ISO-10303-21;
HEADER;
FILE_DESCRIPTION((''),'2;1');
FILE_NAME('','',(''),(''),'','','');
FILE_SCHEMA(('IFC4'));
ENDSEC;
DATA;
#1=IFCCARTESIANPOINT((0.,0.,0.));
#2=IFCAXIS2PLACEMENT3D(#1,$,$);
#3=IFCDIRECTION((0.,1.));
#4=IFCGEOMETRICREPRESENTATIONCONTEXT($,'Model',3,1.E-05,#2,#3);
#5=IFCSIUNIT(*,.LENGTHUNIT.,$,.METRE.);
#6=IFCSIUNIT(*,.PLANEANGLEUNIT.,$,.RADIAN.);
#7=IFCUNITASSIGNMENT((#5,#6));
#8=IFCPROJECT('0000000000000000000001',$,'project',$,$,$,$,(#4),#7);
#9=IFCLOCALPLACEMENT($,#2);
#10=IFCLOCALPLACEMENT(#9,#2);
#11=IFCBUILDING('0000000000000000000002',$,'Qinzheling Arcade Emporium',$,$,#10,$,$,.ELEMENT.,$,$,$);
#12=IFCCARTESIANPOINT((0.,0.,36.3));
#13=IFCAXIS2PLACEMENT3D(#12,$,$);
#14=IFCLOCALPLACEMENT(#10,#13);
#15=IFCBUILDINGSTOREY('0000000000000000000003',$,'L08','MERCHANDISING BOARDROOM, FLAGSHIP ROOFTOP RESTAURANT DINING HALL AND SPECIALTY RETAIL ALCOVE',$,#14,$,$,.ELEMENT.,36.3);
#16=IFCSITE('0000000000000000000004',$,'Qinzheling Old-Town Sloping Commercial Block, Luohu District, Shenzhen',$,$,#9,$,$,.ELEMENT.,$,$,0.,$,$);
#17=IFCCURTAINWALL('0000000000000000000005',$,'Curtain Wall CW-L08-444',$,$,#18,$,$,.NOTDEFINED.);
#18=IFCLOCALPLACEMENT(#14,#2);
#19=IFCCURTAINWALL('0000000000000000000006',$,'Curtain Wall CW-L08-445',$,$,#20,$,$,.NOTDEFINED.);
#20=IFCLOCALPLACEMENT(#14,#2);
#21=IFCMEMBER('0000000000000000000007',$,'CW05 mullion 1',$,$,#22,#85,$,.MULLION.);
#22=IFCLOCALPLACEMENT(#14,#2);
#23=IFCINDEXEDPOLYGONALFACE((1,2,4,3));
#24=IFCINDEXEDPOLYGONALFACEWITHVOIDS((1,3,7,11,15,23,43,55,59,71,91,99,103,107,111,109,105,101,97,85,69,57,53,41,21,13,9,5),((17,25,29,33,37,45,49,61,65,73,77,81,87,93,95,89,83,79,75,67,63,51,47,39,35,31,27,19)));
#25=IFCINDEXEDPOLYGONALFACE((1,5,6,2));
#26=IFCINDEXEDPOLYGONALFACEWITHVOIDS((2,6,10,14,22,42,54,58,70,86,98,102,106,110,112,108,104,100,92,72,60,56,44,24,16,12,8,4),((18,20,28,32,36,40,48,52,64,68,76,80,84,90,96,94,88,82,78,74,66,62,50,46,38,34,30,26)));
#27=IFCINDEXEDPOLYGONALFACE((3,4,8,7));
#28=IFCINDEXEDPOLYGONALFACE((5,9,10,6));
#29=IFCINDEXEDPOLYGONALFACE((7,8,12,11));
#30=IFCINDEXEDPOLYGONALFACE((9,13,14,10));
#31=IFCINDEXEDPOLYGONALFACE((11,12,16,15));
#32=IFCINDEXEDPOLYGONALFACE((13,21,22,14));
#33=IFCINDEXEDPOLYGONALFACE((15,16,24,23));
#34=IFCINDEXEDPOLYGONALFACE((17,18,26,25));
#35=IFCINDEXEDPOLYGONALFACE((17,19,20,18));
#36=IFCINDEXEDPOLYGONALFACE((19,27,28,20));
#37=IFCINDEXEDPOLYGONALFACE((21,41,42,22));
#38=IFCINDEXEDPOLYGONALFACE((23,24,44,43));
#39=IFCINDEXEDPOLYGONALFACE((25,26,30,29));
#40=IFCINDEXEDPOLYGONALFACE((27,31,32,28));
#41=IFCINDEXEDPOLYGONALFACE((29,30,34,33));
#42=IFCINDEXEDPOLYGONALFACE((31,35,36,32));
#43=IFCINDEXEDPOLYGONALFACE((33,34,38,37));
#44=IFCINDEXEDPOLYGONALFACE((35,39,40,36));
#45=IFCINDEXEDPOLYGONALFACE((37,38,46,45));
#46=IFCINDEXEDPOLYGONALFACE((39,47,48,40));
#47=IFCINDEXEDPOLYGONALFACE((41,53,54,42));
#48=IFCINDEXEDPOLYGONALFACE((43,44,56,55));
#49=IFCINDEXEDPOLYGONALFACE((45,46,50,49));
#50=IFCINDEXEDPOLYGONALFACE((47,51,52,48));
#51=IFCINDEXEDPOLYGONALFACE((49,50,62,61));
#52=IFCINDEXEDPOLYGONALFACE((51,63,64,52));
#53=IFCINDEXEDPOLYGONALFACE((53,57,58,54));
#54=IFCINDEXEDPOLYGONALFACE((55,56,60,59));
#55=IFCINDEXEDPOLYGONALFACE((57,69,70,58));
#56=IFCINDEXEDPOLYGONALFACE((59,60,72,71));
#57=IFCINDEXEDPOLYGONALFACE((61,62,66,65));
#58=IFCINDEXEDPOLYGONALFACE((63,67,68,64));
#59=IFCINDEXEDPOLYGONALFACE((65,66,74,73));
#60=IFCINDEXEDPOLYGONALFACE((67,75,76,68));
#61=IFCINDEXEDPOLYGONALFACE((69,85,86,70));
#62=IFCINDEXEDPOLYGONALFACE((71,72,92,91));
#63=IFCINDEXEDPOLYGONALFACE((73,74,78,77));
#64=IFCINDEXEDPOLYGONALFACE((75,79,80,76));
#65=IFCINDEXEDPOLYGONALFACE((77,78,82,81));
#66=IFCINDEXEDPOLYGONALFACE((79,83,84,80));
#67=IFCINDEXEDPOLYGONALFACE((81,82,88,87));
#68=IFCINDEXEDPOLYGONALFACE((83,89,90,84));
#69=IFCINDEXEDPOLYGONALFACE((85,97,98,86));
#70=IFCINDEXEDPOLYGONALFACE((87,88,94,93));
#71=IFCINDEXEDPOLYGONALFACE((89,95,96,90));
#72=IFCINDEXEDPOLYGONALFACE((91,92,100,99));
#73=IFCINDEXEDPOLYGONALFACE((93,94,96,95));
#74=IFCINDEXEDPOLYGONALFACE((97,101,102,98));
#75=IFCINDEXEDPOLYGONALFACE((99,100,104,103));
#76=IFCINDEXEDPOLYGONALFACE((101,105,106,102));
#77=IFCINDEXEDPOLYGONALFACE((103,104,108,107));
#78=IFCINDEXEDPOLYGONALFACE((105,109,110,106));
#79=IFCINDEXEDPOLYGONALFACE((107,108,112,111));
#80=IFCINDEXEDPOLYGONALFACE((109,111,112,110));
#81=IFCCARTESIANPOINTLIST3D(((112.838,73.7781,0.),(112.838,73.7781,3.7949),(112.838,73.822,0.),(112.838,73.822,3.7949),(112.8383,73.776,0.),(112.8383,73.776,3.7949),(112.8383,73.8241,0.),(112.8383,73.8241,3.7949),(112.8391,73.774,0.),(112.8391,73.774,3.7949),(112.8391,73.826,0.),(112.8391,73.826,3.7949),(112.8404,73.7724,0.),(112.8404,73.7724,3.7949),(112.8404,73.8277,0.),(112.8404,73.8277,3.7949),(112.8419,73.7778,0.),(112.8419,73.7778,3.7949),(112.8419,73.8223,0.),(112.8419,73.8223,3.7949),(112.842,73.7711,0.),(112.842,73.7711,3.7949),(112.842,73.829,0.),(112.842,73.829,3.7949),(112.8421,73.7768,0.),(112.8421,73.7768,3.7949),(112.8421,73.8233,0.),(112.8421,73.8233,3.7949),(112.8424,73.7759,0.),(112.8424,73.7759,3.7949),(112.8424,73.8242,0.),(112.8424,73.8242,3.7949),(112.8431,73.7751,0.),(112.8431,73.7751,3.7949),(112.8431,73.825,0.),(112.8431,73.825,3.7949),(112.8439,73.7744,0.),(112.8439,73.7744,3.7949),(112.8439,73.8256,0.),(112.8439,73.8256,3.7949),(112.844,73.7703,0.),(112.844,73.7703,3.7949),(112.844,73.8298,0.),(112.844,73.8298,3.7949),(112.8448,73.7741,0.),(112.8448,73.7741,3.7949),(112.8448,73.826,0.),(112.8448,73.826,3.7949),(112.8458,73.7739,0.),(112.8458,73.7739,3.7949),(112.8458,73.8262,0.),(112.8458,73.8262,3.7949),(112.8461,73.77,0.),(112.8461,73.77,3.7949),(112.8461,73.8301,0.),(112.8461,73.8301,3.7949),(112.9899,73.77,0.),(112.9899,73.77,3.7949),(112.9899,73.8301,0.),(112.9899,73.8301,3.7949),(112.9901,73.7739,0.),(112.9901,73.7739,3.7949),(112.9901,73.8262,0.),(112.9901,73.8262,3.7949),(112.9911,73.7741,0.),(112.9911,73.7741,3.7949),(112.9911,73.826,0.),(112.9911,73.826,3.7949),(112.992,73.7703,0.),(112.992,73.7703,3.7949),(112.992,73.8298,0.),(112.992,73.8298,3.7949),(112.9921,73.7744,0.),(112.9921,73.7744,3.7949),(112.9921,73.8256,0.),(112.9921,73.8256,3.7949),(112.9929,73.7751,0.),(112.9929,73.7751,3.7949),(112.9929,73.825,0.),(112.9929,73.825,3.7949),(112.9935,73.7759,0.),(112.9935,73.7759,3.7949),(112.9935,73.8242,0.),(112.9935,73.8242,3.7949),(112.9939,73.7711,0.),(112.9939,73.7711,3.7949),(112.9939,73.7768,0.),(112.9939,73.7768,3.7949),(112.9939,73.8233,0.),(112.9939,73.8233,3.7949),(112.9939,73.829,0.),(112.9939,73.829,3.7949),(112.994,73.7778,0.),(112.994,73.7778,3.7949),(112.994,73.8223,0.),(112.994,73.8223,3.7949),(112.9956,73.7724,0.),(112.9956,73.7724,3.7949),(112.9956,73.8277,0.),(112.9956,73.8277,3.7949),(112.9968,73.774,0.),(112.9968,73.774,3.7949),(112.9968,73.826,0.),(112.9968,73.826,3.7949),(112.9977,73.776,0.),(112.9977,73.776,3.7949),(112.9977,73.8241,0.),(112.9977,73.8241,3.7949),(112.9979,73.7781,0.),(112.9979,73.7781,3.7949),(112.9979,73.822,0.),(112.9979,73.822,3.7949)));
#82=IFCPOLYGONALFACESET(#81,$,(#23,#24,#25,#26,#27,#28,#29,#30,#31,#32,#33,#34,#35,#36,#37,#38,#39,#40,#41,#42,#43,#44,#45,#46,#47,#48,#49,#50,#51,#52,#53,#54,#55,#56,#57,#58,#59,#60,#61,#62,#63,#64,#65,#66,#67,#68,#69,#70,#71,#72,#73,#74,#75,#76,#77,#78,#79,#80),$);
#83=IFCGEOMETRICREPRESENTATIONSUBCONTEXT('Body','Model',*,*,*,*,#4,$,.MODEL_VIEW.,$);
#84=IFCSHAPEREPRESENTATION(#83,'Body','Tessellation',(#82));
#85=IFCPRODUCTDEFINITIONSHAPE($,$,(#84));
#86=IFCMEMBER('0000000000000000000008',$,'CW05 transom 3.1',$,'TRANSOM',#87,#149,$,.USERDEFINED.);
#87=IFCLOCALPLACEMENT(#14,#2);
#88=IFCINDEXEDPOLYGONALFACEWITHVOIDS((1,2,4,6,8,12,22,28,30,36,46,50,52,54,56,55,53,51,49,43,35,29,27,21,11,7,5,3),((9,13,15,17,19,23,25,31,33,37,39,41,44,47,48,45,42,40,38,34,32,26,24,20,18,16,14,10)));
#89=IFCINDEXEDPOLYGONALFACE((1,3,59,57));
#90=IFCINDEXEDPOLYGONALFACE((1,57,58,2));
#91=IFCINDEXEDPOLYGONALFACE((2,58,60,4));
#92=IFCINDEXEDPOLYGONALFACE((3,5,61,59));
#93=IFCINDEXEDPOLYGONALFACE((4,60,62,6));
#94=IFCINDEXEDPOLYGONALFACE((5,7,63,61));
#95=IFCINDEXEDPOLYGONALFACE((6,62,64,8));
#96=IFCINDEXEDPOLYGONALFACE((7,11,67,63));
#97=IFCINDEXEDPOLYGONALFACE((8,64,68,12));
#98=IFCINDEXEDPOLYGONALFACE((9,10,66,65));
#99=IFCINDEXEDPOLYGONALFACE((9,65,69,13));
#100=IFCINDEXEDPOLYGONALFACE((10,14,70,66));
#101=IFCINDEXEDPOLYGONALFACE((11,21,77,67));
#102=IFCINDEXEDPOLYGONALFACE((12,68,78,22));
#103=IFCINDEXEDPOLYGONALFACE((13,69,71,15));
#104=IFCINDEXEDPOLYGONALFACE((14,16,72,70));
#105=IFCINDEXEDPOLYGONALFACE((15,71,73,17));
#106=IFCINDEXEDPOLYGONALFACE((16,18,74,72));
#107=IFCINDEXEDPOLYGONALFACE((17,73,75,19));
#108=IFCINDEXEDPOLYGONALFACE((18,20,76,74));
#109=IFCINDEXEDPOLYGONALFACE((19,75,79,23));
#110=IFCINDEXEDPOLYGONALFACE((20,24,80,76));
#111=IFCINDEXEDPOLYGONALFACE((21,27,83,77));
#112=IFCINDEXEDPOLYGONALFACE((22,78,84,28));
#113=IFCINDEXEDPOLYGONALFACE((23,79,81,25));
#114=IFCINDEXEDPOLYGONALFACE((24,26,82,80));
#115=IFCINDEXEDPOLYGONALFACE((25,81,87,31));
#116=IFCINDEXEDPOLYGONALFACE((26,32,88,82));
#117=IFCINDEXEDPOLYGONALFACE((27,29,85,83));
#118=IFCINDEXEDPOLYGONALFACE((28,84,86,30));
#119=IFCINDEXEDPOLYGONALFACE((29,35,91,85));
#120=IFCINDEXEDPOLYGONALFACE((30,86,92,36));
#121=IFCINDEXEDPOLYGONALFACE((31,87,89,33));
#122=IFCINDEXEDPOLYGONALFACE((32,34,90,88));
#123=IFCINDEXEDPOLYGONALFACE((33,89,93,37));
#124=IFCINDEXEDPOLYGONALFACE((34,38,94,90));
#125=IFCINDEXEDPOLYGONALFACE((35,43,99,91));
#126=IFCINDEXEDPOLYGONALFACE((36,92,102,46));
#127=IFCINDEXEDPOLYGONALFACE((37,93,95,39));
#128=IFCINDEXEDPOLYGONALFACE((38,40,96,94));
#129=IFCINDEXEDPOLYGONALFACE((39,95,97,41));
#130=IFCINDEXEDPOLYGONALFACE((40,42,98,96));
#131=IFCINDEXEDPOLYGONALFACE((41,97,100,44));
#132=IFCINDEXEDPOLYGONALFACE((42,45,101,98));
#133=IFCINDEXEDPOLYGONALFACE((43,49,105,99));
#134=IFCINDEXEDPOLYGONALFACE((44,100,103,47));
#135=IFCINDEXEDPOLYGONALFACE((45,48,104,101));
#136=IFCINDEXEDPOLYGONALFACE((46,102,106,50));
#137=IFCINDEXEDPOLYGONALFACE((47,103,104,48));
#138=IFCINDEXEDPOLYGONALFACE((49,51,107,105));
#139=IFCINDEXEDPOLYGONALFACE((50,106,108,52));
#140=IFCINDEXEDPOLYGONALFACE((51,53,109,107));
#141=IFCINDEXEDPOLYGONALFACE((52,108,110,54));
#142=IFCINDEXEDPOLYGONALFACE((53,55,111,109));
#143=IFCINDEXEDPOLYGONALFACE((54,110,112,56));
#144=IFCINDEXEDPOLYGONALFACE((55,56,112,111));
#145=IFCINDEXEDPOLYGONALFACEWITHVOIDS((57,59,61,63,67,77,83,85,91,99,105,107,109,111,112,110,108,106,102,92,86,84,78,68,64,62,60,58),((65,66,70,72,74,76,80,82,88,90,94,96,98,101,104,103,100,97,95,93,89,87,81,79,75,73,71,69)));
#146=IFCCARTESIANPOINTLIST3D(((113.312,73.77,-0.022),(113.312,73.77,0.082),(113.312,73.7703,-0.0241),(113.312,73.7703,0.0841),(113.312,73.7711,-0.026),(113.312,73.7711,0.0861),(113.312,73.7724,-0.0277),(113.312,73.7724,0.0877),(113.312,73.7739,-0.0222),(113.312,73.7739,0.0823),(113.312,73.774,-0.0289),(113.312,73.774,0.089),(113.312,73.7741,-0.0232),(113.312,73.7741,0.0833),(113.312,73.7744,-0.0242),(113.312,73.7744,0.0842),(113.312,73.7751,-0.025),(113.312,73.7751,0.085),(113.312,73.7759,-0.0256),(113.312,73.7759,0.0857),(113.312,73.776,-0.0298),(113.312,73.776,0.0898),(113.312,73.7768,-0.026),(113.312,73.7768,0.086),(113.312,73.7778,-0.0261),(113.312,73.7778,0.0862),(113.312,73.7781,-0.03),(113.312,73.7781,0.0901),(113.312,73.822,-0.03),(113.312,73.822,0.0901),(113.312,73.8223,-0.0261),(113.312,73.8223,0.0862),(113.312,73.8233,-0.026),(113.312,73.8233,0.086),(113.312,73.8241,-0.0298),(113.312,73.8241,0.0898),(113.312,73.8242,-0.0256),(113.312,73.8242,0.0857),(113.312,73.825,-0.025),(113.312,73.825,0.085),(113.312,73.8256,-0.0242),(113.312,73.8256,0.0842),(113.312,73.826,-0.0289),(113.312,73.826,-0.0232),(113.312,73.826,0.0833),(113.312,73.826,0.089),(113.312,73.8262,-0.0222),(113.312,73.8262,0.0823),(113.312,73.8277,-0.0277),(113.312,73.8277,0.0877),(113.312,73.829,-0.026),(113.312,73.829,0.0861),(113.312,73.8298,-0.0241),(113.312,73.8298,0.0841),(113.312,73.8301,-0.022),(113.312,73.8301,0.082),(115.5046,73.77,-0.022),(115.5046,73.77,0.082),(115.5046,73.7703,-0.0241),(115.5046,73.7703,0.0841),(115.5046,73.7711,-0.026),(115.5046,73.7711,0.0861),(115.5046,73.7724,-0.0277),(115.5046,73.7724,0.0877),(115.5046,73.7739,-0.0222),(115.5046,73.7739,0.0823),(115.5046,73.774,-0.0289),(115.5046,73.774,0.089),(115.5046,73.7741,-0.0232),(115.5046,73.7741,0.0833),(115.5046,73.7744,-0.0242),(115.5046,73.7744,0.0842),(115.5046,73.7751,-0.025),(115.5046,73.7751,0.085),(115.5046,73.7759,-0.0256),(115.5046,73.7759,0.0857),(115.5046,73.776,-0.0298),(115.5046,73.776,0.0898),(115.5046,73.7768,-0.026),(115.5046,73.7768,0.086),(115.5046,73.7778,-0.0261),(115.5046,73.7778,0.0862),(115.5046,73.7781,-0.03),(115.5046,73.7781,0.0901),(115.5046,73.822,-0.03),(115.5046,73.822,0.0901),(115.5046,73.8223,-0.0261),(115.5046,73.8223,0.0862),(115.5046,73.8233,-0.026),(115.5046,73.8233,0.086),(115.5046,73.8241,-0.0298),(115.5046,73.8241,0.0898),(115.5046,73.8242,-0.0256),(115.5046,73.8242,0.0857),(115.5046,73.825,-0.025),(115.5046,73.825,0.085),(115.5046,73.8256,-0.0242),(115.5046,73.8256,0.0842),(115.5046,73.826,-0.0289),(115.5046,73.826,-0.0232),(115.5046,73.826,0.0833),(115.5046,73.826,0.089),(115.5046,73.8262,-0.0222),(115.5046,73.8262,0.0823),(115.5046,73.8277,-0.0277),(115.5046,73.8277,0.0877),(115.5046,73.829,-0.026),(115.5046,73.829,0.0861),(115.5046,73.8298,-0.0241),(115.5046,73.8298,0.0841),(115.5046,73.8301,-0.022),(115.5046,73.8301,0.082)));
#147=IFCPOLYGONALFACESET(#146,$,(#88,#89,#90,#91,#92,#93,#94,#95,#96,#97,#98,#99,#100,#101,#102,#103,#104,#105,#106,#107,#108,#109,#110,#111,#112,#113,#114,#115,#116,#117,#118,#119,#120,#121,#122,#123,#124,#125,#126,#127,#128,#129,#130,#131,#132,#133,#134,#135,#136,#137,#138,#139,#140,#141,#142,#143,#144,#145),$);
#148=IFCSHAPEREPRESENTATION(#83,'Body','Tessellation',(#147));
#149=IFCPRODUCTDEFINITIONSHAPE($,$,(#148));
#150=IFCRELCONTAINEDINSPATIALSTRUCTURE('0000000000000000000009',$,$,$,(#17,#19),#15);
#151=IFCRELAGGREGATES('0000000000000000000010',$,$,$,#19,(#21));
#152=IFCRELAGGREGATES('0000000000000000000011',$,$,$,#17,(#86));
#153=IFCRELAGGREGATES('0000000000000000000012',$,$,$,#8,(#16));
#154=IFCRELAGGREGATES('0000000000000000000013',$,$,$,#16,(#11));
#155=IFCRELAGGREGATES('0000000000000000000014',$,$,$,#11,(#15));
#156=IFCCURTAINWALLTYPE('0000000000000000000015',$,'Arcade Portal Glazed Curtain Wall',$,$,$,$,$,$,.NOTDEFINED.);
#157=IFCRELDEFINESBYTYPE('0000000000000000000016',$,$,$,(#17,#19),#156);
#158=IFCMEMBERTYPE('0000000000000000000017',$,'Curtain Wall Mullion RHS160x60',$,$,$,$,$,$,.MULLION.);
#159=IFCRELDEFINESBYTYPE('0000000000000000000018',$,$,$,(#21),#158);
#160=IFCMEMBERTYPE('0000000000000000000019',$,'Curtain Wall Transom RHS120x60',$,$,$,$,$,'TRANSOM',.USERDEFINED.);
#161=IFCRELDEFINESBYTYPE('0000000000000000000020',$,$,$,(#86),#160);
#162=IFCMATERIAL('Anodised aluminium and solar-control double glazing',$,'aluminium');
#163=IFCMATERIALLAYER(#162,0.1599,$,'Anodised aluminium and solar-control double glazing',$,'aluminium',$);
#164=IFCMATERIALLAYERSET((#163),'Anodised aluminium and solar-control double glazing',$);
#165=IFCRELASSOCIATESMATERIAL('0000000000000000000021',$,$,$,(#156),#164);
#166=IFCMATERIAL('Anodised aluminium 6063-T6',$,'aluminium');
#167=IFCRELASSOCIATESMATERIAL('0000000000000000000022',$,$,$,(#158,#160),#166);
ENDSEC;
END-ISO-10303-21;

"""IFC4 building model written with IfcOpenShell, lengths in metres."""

from ifc_helpers import new_model, si_unit, direction, frame, origin, origin_2d, place, context, subcontext, project, spatial, hollow_rectangle, extrude, material, layer, layer_set, material_profile, profile_set, type_object, element, aggregate, save


model = new_model("IFC4")

# Units and contexts
model_context = context("Model", 3, precision=1e-05, world=origin(), true_north=direction((0.0, 1.0)))
body_context = subcontext(model_context, "Body", "Model", "MODEL_VIEW")
ifc_project = project(units=[si_unit("LENGTHUNIT", "METRE"), si_unit("PLANEANGLEUNIT", "RADIAN")], contexts=[model_context])

# Site, building, storey
site_placement = place(None, origin())
site = spatial("IfcSite", under=ifc_project, at=site_placement, Name="Qinzheling Old-Town Sloping Commercial Block, Luohu District, Shenzhen", CompositionType="ELEMENT", RefElevation=0.0)
building_placement = place(site_placement, origin())
building = spatial("IfcBuilding", under=site, at=building_placement, Name="Qinzheling Arcade Emporium", CompositionType="ELEMENT")
storey_placement = place(building_placement, frame((0.0, 0.0, 36.3)))
storey = spatial("IfcBuildingStorey", under=building, at=storey_placement, Name="L08", Description="MERCHANDISING BOARDROOM, FLAGSHIP ROOFTOP RESTAURANT DINING HALL AND SPECIALTY RETAIL ALCOVE", CompositionType="ELEMENT", Elevation=36.3)

# Curtain walls, member
ifc_material_1 = material(Name="Anodised aluminium and solar-control double glazing", Category="aluminium")
ifc_layer_1 = layer(ifc_material_1, 0.1599, Name="Anodised aluminium and solar-control double glazing", Category="aluminium")
ifc_layer_set_1 = layer_set([ifc_layer_1], Name="Anodised aluminium and solar-control double glazing")
curtain_wall_type = type_object("IfcCurtainWallType", Name="Arcade Portal Glazed Curtain Wall", PredefinedType="NOTDEFINED", material=ifc_layer_set_1)
curtain_wall_1_placement = place(storey_placement, origin())
curtain_wall_1 = element("IfcCurtainWall", 1, at=curtain_wall_1_placement, inside=storey, type_object=curtain_wall_type, Name="Curtain Wall CW-L08-444", PredefinedType="NOTDEFINED")
ifc_material_2 = material(Name="Anodised aluminium 6063-T6", Category="aluminium")
ifc_material_profile_1 = material_profile(ifc_material_2, hollow_rectangle(XDim=0.0601, YDim=0.1599, WallThickness=0.0039, InnerFilletRadius=0.0039, OuterFilletRadius=0.0081, at=origin_2d()), Name="RHS 160x60x4", Category="aluminium")
ifc_profile_set_1 = profile_set([ifc_material_profile_1], Name="Anodised aluminium 6063-T6")
member_type_1 = type_object("IfcMemberType", Name="Curtain Wall Mullion RHS160x60", PredefinedType="MULLION", material=ifc_profile_set_1)
curtain_wall_2_placement = place(storey_placement, origin())
curtain_wall_2 = element("IfcCurtainWall", 2, at=curtain_wall_2_placement, inside=storey, type_object=curtain_wall_type, Name="Curtain Wall CW-L08-445", PredefinedType="NOTDEFINED")
member_1_placement = place(storey_placement, frame((112.918, 73.8, 0.0), z_axis=(0.0, 0.0, 1.0), x_axis=(0.0, -1.0, 0.0)))
member_1 = element("IfcMember", 3, at=member_1_placement, type_object=member_type_1, Name="CW05 mullion 1", PredefinedType="MULLION", context=body_context, shape_type="SweptSolid", body=[
    extrude(hollow_rectangle(XDim=0.0601, YDim=0.1599, WallThickness=0.0039, InnerFilletRadius=0.0039, OuterFilletRadius=0.0081, at=origin_2d()), origin(), (0.0, 0.0, 1.0), 3.7949),
])

# Member
ifc_material_profile_2 = material_profile(ifc_material_2, hollow_rectangle(XDim=0.0601, YDim=0.1201, WallThickness=0.0039, InnerFilletRadius=0.0039, OuterFilletRadius=0.0081, at=origin_2d()), Name="RHS 120x60x4", Category="aluminium")
ifc_profile_set_2 = profile_set([ifc_material_profile_2], Name="Anodised aluminium 6063-T6")
member_type_2 = type_object("IfcMemberType", Name="Curtain Wall Transom RHS120x60", ElementType="TRANSOM", PredefinedType="USERDEFINED", material=ifc_profile_set_2)
member_2_placement = place(storey_placement, frame((115.5046, 73.8, 0.03), z_axis=(-1.0, 0.0, 0.0), x_axis=(0.0, -1.0, 0.0)))
member_2 = element("IfcMember", 4, at=member_2_placement, type_object=member_type_2, Name="CW05 transom 3.1", ObjectType="TRANSOM", PredefinedType="USERDEFINED", context=body_context, shape_type="SweptSolid", body=[
    extrude(hollow_rectangle(XDim=0.0601, YDim=0.1201, WallThickness=0.0039, InnerFilletRadius=0.0039, OuterFilletRadius=0.0081, at=origin_2d()), origin(), (0.0, 0.0, 1.0), 2.1926),
])
aggregate(curtain_wall_2, [member_1])

aggregate(curtain_wall_1, [member_2])

save(model, "model.ifc")
